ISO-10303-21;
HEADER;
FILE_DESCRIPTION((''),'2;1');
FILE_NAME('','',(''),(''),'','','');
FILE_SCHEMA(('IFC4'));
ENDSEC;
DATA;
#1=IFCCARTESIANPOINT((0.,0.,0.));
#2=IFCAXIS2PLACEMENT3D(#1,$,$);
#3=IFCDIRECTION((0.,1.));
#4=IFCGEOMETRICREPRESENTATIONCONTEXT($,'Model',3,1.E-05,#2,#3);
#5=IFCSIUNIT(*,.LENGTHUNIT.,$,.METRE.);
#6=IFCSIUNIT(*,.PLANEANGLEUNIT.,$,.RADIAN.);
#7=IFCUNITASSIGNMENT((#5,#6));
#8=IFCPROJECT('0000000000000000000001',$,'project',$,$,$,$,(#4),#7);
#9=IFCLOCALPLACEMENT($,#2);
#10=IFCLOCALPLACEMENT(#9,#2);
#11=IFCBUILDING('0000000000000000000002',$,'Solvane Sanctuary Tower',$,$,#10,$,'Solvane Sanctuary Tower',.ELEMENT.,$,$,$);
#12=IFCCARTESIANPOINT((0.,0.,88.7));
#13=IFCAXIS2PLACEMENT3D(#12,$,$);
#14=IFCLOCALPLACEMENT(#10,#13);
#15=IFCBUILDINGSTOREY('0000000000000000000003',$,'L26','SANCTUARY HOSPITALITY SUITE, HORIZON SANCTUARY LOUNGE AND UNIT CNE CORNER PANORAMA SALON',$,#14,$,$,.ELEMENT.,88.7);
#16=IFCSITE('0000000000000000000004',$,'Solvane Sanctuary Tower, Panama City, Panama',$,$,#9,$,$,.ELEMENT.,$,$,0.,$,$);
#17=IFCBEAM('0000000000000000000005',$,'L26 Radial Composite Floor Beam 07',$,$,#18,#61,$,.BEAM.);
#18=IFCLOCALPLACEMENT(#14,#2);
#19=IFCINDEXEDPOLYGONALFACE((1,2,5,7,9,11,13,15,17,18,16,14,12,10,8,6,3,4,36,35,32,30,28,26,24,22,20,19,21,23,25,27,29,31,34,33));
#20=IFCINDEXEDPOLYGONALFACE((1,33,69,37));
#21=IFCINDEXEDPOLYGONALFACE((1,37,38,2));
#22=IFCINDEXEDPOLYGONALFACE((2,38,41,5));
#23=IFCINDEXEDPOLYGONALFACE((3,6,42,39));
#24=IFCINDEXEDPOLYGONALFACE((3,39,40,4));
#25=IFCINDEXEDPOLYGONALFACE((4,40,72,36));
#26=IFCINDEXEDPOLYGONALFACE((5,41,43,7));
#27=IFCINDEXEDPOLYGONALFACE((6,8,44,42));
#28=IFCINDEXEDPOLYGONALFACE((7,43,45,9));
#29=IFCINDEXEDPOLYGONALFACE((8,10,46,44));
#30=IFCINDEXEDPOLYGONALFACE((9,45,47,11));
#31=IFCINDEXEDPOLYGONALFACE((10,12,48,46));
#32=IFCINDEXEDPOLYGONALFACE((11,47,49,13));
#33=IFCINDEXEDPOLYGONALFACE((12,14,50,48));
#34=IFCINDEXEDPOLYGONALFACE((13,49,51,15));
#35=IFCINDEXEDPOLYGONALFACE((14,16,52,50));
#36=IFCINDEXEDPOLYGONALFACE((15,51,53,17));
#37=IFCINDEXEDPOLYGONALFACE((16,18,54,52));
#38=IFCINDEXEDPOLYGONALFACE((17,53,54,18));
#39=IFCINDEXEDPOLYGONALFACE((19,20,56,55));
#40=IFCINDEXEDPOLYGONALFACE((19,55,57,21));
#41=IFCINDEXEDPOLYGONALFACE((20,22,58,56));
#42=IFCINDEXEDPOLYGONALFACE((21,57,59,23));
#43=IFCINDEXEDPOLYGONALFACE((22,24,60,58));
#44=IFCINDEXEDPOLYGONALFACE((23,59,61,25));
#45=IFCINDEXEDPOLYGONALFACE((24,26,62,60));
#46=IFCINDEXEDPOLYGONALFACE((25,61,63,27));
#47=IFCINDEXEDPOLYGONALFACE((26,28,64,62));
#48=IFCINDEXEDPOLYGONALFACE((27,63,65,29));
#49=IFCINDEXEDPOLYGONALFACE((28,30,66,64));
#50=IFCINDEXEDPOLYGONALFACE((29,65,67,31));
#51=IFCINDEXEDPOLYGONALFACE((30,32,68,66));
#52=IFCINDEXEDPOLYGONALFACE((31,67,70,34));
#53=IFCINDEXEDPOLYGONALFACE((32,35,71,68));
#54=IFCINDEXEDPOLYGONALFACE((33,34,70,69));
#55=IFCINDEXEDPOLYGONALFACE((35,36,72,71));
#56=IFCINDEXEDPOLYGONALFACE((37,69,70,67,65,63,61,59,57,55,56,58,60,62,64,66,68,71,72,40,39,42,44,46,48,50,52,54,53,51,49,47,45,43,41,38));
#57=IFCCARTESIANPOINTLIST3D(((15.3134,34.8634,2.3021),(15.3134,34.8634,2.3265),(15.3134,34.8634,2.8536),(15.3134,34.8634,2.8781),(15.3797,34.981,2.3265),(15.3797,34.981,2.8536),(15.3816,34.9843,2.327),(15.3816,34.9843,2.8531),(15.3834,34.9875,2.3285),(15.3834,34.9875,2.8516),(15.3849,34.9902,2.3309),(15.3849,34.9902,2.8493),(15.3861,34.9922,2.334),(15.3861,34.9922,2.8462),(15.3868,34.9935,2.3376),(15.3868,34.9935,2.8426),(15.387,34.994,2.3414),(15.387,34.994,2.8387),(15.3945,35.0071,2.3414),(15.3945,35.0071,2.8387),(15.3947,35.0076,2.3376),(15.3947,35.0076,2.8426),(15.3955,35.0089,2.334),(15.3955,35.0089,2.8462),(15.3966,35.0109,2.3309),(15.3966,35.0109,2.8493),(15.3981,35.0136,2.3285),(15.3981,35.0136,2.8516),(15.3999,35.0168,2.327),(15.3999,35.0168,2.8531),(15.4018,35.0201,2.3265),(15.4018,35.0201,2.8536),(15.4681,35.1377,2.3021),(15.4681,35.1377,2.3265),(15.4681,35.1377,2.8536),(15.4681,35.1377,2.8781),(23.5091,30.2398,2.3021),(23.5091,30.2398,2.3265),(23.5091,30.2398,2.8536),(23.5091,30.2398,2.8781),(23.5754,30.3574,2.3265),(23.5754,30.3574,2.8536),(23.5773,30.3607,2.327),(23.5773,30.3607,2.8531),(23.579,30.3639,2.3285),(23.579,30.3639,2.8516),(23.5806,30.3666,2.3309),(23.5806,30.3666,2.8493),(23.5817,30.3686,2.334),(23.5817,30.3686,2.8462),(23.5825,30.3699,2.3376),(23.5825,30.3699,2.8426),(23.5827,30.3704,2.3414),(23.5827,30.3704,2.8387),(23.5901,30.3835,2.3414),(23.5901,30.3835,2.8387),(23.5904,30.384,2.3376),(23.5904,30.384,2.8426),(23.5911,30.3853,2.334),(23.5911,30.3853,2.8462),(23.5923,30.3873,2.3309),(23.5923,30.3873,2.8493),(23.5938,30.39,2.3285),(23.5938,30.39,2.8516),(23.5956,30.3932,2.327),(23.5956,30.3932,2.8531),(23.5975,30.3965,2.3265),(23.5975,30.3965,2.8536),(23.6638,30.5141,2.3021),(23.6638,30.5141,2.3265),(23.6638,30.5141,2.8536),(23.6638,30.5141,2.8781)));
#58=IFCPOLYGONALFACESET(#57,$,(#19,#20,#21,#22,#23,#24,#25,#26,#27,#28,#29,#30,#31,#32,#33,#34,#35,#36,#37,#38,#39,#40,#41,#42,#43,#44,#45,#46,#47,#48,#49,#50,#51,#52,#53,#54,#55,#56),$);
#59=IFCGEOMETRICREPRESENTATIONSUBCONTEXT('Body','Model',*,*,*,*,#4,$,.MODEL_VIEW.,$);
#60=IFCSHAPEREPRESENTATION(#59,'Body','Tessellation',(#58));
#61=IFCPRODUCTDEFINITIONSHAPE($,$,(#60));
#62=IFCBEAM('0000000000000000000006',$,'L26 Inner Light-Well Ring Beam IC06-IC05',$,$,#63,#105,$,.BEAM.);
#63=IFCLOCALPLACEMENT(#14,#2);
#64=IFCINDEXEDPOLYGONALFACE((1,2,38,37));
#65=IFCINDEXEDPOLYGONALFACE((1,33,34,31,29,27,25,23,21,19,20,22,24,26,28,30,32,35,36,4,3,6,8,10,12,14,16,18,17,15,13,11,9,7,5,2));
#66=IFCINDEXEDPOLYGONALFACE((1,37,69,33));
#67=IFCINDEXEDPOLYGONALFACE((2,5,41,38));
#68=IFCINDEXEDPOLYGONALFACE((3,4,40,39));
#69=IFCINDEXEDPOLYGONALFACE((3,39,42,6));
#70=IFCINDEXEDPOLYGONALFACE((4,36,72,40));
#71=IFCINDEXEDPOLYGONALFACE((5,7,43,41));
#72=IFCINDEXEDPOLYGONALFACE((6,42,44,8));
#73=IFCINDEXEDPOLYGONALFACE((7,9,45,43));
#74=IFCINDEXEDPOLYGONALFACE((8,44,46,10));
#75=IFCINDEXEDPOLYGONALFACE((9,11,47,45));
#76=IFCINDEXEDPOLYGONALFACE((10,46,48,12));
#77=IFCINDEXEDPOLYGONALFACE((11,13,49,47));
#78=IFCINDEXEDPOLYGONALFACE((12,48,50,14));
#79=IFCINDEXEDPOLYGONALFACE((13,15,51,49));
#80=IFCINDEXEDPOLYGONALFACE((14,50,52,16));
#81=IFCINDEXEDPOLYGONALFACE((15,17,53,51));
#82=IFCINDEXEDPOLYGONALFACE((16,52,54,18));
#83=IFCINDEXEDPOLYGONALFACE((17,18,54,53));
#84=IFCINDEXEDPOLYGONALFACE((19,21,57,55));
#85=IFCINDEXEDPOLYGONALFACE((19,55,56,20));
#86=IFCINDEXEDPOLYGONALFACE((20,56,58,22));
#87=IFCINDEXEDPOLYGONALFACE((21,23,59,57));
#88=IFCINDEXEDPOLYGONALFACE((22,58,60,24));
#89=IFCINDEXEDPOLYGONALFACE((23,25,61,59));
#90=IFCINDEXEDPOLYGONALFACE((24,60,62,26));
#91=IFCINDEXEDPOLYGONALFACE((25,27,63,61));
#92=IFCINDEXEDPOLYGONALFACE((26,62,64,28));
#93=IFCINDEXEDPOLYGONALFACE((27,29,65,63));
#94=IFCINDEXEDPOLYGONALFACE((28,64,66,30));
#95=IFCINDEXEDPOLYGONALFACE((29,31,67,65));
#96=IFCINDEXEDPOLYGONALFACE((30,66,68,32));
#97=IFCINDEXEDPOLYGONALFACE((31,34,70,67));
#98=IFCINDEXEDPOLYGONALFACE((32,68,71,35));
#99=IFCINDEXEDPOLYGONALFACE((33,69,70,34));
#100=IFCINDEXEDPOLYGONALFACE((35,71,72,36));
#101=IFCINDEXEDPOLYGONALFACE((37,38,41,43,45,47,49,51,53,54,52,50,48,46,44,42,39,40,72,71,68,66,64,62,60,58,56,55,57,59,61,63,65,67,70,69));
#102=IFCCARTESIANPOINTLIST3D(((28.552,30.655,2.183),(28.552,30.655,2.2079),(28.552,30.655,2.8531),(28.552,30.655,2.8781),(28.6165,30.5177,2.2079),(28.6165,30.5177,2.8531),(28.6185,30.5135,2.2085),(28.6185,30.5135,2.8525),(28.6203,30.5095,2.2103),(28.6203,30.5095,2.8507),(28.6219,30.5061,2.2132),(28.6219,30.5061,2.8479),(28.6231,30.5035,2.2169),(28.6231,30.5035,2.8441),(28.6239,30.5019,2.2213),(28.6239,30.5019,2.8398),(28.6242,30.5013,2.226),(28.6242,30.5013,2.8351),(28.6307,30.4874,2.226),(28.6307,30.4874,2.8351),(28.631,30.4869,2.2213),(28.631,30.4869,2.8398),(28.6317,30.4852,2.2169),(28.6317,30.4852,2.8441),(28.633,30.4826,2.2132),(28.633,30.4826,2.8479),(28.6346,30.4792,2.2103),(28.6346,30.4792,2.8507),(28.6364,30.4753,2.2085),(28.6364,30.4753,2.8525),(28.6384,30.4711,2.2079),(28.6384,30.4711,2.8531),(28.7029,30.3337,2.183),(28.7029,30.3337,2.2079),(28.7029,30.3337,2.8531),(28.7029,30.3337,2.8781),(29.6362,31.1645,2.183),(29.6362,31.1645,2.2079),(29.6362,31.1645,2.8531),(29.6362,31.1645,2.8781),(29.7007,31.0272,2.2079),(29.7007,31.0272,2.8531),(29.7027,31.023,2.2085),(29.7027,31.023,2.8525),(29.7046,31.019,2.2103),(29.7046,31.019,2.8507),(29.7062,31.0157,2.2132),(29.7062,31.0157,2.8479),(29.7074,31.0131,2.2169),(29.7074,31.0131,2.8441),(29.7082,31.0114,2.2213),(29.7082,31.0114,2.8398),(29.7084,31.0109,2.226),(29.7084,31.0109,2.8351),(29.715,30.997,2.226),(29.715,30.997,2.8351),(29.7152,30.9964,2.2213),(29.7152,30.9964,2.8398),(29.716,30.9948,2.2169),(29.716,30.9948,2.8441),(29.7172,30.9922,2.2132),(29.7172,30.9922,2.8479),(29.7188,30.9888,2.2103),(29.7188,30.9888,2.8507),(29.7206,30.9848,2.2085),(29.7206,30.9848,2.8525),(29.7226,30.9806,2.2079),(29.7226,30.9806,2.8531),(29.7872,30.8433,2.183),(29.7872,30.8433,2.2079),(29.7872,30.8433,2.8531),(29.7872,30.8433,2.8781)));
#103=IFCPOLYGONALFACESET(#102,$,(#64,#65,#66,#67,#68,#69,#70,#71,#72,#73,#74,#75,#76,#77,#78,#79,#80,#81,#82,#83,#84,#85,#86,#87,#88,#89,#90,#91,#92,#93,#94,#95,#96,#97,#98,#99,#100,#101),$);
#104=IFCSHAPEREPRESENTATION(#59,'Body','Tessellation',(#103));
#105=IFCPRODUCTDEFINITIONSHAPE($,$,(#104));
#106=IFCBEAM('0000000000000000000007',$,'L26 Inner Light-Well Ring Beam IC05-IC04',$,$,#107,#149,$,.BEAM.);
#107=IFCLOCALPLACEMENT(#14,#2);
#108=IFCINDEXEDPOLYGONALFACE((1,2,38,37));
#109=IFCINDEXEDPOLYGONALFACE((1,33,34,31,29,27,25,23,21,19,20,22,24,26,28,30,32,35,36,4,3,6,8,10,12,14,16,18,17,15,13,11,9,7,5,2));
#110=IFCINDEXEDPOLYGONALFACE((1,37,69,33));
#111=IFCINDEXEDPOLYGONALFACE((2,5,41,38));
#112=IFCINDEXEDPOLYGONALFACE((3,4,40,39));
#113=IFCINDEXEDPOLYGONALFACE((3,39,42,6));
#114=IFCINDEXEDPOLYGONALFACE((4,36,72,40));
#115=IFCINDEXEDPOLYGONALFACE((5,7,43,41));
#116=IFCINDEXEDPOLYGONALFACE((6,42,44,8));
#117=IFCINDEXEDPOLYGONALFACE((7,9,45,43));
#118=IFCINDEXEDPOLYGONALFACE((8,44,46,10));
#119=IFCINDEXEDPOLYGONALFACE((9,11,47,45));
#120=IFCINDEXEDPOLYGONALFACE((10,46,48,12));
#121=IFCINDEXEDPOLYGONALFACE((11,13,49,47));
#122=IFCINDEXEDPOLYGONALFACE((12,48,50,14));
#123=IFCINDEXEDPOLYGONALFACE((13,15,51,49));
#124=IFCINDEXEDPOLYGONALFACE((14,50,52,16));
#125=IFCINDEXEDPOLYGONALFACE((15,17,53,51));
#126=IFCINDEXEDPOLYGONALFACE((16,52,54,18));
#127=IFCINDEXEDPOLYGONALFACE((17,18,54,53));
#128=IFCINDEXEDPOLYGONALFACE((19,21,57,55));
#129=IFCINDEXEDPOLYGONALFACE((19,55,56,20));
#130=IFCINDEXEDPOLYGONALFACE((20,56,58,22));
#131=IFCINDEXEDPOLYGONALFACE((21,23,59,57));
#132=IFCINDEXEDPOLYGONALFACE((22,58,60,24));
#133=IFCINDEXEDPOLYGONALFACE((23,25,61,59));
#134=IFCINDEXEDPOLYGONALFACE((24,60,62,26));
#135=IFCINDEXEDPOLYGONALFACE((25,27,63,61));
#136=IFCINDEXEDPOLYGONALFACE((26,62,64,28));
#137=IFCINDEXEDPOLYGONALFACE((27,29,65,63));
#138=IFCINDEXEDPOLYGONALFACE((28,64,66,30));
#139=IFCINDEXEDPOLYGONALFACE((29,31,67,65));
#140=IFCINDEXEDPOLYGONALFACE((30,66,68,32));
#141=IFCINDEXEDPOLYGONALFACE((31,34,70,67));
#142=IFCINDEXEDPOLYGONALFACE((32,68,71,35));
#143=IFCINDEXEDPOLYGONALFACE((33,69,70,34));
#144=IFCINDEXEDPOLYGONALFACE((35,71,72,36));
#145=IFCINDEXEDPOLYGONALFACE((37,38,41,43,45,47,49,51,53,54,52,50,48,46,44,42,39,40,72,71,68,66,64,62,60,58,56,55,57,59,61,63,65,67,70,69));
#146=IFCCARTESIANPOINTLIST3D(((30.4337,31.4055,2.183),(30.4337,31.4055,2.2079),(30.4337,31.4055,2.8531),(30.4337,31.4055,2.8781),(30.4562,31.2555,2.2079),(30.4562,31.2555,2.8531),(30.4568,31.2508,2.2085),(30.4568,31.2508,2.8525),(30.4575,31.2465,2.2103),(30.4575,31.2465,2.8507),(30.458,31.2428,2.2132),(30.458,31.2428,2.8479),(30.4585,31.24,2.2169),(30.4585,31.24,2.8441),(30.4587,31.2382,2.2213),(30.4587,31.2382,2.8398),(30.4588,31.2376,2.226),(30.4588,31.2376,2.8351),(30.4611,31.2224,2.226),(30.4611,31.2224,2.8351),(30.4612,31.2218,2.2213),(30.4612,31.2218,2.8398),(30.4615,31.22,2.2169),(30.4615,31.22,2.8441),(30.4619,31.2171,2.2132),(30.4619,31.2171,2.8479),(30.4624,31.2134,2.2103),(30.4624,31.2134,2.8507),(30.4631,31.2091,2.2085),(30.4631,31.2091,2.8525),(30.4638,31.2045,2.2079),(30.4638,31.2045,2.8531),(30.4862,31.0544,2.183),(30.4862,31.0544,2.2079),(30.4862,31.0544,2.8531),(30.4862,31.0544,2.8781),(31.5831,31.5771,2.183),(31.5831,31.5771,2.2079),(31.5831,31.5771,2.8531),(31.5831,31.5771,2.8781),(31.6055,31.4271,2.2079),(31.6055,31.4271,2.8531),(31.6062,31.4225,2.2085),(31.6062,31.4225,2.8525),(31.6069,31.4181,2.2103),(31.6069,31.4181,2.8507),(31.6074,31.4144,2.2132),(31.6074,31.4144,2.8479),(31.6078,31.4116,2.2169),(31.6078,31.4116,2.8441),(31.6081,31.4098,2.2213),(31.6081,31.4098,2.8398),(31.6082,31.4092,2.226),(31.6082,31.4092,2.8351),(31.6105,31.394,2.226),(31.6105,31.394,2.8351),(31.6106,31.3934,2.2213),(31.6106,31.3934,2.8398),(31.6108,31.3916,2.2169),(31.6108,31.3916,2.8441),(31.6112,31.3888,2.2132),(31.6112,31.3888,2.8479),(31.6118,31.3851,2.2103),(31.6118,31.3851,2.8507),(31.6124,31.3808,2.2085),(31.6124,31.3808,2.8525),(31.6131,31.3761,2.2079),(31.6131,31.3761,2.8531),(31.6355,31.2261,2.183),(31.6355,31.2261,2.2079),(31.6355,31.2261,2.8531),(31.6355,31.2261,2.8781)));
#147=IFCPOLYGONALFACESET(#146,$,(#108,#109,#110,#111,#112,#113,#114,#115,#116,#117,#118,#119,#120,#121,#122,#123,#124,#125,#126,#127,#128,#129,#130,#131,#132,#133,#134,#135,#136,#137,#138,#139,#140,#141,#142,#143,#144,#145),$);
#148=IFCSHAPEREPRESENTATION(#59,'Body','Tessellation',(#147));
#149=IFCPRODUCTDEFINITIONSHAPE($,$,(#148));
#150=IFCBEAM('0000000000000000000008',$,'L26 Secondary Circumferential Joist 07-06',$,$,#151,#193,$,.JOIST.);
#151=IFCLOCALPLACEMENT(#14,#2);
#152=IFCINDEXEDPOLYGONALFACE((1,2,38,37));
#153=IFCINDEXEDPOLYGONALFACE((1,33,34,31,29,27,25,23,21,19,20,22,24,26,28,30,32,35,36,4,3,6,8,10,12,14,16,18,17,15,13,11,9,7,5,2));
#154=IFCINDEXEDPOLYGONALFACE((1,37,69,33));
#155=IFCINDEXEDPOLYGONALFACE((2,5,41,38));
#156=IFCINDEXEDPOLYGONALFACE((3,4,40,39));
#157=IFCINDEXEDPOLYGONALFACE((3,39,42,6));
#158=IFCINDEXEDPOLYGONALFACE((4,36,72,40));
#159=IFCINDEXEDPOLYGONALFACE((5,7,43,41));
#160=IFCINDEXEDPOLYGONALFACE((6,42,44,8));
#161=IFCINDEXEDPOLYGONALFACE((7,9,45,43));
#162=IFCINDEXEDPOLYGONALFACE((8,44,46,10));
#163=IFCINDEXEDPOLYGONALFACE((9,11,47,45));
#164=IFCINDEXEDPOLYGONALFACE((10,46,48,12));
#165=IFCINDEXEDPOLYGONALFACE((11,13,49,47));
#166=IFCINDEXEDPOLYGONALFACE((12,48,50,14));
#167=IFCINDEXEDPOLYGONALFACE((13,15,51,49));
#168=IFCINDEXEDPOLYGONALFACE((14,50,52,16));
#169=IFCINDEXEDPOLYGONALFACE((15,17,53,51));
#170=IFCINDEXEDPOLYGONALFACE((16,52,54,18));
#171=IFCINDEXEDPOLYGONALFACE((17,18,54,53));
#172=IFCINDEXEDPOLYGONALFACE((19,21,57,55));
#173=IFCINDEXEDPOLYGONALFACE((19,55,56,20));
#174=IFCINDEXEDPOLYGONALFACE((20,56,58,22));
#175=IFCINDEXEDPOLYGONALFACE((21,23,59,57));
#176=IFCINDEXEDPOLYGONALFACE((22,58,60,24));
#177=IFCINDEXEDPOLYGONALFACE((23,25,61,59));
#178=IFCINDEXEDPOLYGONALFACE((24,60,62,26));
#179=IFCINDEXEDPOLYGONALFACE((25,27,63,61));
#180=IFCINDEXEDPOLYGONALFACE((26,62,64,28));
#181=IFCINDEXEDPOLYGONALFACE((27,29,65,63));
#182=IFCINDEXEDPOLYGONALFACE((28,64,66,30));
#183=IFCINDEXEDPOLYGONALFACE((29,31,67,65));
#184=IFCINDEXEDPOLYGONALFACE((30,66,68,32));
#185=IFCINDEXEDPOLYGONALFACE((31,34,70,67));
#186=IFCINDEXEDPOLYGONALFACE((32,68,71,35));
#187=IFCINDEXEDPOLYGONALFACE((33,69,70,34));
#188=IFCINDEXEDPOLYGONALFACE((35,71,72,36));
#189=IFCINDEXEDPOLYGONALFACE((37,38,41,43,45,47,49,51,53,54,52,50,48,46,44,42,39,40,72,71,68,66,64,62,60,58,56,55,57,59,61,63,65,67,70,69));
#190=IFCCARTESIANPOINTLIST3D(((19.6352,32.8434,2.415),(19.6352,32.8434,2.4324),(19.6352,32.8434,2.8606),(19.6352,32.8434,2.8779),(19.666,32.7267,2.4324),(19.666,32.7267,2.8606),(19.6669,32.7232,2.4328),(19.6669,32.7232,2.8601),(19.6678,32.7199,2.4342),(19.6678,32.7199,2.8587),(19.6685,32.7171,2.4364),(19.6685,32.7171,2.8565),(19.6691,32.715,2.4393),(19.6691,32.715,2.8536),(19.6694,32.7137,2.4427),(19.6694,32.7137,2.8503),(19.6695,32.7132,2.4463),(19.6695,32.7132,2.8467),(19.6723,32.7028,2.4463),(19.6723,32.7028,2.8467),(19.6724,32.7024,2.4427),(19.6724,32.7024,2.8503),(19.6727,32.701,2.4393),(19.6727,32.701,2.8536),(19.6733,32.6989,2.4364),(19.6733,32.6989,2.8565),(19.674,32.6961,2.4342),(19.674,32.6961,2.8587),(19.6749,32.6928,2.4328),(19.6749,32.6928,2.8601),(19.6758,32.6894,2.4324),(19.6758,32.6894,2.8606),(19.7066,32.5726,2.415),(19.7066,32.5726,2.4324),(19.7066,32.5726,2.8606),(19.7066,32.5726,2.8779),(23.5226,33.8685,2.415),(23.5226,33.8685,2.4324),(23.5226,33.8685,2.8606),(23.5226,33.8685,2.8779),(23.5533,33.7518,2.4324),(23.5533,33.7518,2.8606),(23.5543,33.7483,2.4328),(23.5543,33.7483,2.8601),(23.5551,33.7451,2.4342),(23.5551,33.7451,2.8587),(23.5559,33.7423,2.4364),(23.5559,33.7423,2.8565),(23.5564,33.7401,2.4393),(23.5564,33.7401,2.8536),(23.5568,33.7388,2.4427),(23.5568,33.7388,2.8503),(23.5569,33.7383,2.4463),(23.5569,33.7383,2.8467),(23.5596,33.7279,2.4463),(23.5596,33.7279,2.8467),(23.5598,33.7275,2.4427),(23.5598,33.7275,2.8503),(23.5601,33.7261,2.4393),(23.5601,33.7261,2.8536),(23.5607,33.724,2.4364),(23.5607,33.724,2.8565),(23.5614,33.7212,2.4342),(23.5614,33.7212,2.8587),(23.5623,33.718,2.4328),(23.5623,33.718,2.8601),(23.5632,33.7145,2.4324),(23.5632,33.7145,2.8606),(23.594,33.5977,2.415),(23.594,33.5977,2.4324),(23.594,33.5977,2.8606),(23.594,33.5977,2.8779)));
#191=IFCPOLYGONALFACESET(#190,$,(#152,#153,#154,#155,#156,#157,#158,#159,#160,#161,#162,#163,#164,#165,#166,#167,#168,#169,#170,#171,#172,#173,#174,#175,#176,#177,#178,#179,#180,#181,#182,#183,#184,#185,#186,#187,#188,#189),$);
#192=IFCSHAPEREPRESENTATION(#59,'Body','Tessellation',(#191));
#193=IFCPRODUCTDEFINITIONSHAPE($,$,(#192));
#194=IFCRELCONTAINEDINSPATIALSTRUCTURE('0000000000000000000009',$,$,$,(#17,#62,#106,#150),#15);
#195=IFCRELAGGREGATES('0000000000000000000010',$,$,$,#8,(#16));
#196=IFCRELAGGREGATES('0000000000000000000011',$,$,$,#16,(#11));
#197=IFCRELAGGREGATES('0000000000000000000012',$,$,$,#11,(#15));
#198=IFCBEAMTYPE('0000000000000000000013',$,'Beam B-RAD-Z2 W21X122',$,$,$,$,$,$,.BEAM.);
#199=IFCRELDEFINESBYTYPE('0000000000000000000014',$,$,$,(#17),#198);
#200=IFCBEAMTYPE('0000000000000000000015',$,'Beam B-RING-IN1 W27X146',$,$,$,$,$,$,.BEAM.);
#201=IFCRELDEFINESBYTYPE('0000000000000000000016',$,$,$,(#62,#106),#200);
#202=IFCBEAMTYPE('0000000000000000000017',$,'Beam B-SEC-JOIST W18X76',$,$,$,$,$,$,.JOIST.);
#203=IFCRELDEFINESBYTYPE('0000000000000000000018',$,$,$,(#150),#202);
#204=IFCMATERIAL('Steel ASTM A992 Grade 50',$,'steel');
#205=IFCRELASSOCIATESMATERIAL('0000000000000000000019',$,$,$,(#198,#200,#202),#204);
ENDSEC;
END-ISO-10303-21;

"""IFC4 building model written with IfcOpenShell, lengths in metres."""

from ifc_helpers import new_model, si_unit, direction, frame, origin, origin_2d, place, context, subcontext, project, spatial, i_section, extrude, material, material_profile, profile_set, type_object, element, save


model = new_model("IFC4")

# Units and contexts
model_context = context("Model", 3, precision=1e-05, world=origin(), true_north=direction((0.0, 1.0)))
body_context = subcontext(model_context, "Body", "Model", "MODEL_VIEW")
ifc_project = project(units=[si_unit("LENGTHUNIT", "METRE"), si_unit("PLANEANGLEUNIT", "RADIAN")], contexts=[model_context])

# Site, building, storey
site_placement = place(None, origin())
site = spatial("IfcSite", under=ifc_project, at=site_placement, Name="Solvane Sanctuary Tower, Panama City, Panama", CompositionType="ELEMENT", RefElevation=0.0)
building_placement = place(site_placement, origin())
building = spatial("IfcBuilding", under=site, at=building_placement, Name="Solvane Sanctuary Tower", LongName="Solvane Sanctuary Tower", CompositionType="ELEMENT")
storey_placement = place(building_placement, frame((0.0, 0.0, 88.7)))
storey = spatial("IfcBuildingStorey", under=building, at=storey_placement, Name="L26", Description="SANCTUARY HOSPITALITY SUITE, HORIZON SANCTUARY LOUNGE AND UNIT CNE CORNER PANORAMA SALON", CompositionType="ELEMENT", Elevation=88.7)

# Beams
ifc_material_1 = material(Name="Steel ASTM A992 Grade 50", Category="steel")
ifc_material_profile_1 = material_profile(ifc_material_1, i_section(OverallWidth=0.3149, OverallDepth=0.5759, WebThickness=0.0151, FlangeThickness=0.0244, FilletRadius=0.0149, at=origin_2d()), Name="W21X122")
ifc_profile_set_1 = profile_set([ifc_material_profile_1], Name="Steel ASTM A992 Grade 50")
beam_type_1 = type_object("IfcBeamType", Name="Beam B-RAD-Z2 W21X122", PredefinedType="BEAM", material=ifc_profile_set_1)
beam_1_placement = place(storey_placement, frame((23.5864, 30.377, 2.5901), z_axis=(-0.87096, 0.491353, 0.0), x_axis=(-0.491353, -0.87096, 0.0)))
element("IfcBeam", 1, at=beam_1_placement, inside=storey, type_object=beam_type_1, Name="L26 Radial Composite Floor Beam 07", PredefinedType="BEAM", context=body_context, shape_type="SweptSolid", body=[
    extrude(i_section(OverallWidth=0.3149, OverallDepth=0.5759, WebThickness=0.0151, FlangeThickness=0.0244, FilletRadius=0.0149, at=origin_2d()), origin(), (0.0, 0.0, 1.0), 9.4099),
])
ifc_material_profile_2 = material_profile(ifc_material_1, i_section(OverallWidth=0.355, OverallDepth=0.6951, WebThickness=0.0154, FlangeThickness=0.0249, FilletRadius=0.0181, at=origin_2d()), Name="W27X146")
ifc_profile_set_2 = profile_set([ifc_material_profile_2], Name="Steel ASTM A992 Grade 50")
beam_type_2 = type_object("IfcBeamType", Name="Beam B-RING-IN1 W27X146", PredefinedType="BEAM", material=ifc_profile_set_2)
beam_2_placement = place(storey_placement, frame((28.6274, 30.4944, 2.5305), z_axis=(0.905045, 0.425316, 0.0), x_axis=(-0.425316, 0.905045, 0.0)))
element("IfcBeam", 2, at=beam_2_placement, inside=storey, type_object=beam_type_2, Name="L26 Inner Light-Well Ring Beam IC06-IC05", PredefinedType="BEAM", context=body_context, shape_type="SweptSolid", body=[
    extrude(i_section(OverallWidth=0.355, OverallDepth=0.6951, WebThickness=0.0154, FlangeThickness=0.0249, FilletRadius=0.0181, at=origin_2d()), origin(), (0.0, 0.0, 1.0), 1.198),
])
beam_3_placement = place(storey_placement, frame((30.46, 31.23, 2.5305), z_axis=(0.989035, 0.147683, 0.0), x_axis=(-0.147683, 0.989035, 0.0)))
element("IfcBeam", 3, at=beam_3_placement, inside=storey, type_object=beam_type_2, Name="L26 Inner Light-Well Ring Beam IC05-IC04", PredefinedType="BEAM", context=body_context, shape_type="SweptSolid", body=[
    extrude(i_section(OverallWidth=0.355, OverallDepth=0.6951, WebThickness=0.0154, FlangeThickness=0.0249, FilletRadius=0.0181, at=origin_2d()), origin(), (0.0, 0.0, 1.0), 1.1621),
])
ifc_material_profile_3 = material_profile(ifc_material_1, i_section(OverallWidth=0.28, OverallDepth=0.4629, WebThickness=0.0107, FlangeThickness=0.0173, FilletRadius=0.0139, at=origin_2d()), Name="W18X76")
ifc_profile_set_3 = profile_set([ifc_material_profile_3], Name="Steel ASTM A992 Grade 50")
beam_type_3 = type_object("IfcBeamType", Name="Beam B-SEC-JOIST W18X76", PredefinedType="JOIST", material=ifc_profile_set_3)
beam_4_placement = place(storey_placement, frame((19.6709, 32.708, 2.6465), z_axis=(0.966944, 0.254989, 0.0), x_axis=(-0.254989, 0.966944, 0.0)))
element("IfcBeam", 4, at=beam_4_placement, inside=storey, type_object=beam_type_3, Name="L26 Secondary Circumferential Joist 07-06", PredefinedType="JOIST", context=body_context, shape_type="SweptSolid", body=[
    extrude(i_section(OverallWidth=0.28, OverallDepth=0.4629, WebThickness=0.0107, FlangeThickness=0.0173, FilletRadius=0.0139, at=origin_2d()), origin(), (0.0, 0.0, 1.0), 4.0203),
])

save(model, "model.ifc")
